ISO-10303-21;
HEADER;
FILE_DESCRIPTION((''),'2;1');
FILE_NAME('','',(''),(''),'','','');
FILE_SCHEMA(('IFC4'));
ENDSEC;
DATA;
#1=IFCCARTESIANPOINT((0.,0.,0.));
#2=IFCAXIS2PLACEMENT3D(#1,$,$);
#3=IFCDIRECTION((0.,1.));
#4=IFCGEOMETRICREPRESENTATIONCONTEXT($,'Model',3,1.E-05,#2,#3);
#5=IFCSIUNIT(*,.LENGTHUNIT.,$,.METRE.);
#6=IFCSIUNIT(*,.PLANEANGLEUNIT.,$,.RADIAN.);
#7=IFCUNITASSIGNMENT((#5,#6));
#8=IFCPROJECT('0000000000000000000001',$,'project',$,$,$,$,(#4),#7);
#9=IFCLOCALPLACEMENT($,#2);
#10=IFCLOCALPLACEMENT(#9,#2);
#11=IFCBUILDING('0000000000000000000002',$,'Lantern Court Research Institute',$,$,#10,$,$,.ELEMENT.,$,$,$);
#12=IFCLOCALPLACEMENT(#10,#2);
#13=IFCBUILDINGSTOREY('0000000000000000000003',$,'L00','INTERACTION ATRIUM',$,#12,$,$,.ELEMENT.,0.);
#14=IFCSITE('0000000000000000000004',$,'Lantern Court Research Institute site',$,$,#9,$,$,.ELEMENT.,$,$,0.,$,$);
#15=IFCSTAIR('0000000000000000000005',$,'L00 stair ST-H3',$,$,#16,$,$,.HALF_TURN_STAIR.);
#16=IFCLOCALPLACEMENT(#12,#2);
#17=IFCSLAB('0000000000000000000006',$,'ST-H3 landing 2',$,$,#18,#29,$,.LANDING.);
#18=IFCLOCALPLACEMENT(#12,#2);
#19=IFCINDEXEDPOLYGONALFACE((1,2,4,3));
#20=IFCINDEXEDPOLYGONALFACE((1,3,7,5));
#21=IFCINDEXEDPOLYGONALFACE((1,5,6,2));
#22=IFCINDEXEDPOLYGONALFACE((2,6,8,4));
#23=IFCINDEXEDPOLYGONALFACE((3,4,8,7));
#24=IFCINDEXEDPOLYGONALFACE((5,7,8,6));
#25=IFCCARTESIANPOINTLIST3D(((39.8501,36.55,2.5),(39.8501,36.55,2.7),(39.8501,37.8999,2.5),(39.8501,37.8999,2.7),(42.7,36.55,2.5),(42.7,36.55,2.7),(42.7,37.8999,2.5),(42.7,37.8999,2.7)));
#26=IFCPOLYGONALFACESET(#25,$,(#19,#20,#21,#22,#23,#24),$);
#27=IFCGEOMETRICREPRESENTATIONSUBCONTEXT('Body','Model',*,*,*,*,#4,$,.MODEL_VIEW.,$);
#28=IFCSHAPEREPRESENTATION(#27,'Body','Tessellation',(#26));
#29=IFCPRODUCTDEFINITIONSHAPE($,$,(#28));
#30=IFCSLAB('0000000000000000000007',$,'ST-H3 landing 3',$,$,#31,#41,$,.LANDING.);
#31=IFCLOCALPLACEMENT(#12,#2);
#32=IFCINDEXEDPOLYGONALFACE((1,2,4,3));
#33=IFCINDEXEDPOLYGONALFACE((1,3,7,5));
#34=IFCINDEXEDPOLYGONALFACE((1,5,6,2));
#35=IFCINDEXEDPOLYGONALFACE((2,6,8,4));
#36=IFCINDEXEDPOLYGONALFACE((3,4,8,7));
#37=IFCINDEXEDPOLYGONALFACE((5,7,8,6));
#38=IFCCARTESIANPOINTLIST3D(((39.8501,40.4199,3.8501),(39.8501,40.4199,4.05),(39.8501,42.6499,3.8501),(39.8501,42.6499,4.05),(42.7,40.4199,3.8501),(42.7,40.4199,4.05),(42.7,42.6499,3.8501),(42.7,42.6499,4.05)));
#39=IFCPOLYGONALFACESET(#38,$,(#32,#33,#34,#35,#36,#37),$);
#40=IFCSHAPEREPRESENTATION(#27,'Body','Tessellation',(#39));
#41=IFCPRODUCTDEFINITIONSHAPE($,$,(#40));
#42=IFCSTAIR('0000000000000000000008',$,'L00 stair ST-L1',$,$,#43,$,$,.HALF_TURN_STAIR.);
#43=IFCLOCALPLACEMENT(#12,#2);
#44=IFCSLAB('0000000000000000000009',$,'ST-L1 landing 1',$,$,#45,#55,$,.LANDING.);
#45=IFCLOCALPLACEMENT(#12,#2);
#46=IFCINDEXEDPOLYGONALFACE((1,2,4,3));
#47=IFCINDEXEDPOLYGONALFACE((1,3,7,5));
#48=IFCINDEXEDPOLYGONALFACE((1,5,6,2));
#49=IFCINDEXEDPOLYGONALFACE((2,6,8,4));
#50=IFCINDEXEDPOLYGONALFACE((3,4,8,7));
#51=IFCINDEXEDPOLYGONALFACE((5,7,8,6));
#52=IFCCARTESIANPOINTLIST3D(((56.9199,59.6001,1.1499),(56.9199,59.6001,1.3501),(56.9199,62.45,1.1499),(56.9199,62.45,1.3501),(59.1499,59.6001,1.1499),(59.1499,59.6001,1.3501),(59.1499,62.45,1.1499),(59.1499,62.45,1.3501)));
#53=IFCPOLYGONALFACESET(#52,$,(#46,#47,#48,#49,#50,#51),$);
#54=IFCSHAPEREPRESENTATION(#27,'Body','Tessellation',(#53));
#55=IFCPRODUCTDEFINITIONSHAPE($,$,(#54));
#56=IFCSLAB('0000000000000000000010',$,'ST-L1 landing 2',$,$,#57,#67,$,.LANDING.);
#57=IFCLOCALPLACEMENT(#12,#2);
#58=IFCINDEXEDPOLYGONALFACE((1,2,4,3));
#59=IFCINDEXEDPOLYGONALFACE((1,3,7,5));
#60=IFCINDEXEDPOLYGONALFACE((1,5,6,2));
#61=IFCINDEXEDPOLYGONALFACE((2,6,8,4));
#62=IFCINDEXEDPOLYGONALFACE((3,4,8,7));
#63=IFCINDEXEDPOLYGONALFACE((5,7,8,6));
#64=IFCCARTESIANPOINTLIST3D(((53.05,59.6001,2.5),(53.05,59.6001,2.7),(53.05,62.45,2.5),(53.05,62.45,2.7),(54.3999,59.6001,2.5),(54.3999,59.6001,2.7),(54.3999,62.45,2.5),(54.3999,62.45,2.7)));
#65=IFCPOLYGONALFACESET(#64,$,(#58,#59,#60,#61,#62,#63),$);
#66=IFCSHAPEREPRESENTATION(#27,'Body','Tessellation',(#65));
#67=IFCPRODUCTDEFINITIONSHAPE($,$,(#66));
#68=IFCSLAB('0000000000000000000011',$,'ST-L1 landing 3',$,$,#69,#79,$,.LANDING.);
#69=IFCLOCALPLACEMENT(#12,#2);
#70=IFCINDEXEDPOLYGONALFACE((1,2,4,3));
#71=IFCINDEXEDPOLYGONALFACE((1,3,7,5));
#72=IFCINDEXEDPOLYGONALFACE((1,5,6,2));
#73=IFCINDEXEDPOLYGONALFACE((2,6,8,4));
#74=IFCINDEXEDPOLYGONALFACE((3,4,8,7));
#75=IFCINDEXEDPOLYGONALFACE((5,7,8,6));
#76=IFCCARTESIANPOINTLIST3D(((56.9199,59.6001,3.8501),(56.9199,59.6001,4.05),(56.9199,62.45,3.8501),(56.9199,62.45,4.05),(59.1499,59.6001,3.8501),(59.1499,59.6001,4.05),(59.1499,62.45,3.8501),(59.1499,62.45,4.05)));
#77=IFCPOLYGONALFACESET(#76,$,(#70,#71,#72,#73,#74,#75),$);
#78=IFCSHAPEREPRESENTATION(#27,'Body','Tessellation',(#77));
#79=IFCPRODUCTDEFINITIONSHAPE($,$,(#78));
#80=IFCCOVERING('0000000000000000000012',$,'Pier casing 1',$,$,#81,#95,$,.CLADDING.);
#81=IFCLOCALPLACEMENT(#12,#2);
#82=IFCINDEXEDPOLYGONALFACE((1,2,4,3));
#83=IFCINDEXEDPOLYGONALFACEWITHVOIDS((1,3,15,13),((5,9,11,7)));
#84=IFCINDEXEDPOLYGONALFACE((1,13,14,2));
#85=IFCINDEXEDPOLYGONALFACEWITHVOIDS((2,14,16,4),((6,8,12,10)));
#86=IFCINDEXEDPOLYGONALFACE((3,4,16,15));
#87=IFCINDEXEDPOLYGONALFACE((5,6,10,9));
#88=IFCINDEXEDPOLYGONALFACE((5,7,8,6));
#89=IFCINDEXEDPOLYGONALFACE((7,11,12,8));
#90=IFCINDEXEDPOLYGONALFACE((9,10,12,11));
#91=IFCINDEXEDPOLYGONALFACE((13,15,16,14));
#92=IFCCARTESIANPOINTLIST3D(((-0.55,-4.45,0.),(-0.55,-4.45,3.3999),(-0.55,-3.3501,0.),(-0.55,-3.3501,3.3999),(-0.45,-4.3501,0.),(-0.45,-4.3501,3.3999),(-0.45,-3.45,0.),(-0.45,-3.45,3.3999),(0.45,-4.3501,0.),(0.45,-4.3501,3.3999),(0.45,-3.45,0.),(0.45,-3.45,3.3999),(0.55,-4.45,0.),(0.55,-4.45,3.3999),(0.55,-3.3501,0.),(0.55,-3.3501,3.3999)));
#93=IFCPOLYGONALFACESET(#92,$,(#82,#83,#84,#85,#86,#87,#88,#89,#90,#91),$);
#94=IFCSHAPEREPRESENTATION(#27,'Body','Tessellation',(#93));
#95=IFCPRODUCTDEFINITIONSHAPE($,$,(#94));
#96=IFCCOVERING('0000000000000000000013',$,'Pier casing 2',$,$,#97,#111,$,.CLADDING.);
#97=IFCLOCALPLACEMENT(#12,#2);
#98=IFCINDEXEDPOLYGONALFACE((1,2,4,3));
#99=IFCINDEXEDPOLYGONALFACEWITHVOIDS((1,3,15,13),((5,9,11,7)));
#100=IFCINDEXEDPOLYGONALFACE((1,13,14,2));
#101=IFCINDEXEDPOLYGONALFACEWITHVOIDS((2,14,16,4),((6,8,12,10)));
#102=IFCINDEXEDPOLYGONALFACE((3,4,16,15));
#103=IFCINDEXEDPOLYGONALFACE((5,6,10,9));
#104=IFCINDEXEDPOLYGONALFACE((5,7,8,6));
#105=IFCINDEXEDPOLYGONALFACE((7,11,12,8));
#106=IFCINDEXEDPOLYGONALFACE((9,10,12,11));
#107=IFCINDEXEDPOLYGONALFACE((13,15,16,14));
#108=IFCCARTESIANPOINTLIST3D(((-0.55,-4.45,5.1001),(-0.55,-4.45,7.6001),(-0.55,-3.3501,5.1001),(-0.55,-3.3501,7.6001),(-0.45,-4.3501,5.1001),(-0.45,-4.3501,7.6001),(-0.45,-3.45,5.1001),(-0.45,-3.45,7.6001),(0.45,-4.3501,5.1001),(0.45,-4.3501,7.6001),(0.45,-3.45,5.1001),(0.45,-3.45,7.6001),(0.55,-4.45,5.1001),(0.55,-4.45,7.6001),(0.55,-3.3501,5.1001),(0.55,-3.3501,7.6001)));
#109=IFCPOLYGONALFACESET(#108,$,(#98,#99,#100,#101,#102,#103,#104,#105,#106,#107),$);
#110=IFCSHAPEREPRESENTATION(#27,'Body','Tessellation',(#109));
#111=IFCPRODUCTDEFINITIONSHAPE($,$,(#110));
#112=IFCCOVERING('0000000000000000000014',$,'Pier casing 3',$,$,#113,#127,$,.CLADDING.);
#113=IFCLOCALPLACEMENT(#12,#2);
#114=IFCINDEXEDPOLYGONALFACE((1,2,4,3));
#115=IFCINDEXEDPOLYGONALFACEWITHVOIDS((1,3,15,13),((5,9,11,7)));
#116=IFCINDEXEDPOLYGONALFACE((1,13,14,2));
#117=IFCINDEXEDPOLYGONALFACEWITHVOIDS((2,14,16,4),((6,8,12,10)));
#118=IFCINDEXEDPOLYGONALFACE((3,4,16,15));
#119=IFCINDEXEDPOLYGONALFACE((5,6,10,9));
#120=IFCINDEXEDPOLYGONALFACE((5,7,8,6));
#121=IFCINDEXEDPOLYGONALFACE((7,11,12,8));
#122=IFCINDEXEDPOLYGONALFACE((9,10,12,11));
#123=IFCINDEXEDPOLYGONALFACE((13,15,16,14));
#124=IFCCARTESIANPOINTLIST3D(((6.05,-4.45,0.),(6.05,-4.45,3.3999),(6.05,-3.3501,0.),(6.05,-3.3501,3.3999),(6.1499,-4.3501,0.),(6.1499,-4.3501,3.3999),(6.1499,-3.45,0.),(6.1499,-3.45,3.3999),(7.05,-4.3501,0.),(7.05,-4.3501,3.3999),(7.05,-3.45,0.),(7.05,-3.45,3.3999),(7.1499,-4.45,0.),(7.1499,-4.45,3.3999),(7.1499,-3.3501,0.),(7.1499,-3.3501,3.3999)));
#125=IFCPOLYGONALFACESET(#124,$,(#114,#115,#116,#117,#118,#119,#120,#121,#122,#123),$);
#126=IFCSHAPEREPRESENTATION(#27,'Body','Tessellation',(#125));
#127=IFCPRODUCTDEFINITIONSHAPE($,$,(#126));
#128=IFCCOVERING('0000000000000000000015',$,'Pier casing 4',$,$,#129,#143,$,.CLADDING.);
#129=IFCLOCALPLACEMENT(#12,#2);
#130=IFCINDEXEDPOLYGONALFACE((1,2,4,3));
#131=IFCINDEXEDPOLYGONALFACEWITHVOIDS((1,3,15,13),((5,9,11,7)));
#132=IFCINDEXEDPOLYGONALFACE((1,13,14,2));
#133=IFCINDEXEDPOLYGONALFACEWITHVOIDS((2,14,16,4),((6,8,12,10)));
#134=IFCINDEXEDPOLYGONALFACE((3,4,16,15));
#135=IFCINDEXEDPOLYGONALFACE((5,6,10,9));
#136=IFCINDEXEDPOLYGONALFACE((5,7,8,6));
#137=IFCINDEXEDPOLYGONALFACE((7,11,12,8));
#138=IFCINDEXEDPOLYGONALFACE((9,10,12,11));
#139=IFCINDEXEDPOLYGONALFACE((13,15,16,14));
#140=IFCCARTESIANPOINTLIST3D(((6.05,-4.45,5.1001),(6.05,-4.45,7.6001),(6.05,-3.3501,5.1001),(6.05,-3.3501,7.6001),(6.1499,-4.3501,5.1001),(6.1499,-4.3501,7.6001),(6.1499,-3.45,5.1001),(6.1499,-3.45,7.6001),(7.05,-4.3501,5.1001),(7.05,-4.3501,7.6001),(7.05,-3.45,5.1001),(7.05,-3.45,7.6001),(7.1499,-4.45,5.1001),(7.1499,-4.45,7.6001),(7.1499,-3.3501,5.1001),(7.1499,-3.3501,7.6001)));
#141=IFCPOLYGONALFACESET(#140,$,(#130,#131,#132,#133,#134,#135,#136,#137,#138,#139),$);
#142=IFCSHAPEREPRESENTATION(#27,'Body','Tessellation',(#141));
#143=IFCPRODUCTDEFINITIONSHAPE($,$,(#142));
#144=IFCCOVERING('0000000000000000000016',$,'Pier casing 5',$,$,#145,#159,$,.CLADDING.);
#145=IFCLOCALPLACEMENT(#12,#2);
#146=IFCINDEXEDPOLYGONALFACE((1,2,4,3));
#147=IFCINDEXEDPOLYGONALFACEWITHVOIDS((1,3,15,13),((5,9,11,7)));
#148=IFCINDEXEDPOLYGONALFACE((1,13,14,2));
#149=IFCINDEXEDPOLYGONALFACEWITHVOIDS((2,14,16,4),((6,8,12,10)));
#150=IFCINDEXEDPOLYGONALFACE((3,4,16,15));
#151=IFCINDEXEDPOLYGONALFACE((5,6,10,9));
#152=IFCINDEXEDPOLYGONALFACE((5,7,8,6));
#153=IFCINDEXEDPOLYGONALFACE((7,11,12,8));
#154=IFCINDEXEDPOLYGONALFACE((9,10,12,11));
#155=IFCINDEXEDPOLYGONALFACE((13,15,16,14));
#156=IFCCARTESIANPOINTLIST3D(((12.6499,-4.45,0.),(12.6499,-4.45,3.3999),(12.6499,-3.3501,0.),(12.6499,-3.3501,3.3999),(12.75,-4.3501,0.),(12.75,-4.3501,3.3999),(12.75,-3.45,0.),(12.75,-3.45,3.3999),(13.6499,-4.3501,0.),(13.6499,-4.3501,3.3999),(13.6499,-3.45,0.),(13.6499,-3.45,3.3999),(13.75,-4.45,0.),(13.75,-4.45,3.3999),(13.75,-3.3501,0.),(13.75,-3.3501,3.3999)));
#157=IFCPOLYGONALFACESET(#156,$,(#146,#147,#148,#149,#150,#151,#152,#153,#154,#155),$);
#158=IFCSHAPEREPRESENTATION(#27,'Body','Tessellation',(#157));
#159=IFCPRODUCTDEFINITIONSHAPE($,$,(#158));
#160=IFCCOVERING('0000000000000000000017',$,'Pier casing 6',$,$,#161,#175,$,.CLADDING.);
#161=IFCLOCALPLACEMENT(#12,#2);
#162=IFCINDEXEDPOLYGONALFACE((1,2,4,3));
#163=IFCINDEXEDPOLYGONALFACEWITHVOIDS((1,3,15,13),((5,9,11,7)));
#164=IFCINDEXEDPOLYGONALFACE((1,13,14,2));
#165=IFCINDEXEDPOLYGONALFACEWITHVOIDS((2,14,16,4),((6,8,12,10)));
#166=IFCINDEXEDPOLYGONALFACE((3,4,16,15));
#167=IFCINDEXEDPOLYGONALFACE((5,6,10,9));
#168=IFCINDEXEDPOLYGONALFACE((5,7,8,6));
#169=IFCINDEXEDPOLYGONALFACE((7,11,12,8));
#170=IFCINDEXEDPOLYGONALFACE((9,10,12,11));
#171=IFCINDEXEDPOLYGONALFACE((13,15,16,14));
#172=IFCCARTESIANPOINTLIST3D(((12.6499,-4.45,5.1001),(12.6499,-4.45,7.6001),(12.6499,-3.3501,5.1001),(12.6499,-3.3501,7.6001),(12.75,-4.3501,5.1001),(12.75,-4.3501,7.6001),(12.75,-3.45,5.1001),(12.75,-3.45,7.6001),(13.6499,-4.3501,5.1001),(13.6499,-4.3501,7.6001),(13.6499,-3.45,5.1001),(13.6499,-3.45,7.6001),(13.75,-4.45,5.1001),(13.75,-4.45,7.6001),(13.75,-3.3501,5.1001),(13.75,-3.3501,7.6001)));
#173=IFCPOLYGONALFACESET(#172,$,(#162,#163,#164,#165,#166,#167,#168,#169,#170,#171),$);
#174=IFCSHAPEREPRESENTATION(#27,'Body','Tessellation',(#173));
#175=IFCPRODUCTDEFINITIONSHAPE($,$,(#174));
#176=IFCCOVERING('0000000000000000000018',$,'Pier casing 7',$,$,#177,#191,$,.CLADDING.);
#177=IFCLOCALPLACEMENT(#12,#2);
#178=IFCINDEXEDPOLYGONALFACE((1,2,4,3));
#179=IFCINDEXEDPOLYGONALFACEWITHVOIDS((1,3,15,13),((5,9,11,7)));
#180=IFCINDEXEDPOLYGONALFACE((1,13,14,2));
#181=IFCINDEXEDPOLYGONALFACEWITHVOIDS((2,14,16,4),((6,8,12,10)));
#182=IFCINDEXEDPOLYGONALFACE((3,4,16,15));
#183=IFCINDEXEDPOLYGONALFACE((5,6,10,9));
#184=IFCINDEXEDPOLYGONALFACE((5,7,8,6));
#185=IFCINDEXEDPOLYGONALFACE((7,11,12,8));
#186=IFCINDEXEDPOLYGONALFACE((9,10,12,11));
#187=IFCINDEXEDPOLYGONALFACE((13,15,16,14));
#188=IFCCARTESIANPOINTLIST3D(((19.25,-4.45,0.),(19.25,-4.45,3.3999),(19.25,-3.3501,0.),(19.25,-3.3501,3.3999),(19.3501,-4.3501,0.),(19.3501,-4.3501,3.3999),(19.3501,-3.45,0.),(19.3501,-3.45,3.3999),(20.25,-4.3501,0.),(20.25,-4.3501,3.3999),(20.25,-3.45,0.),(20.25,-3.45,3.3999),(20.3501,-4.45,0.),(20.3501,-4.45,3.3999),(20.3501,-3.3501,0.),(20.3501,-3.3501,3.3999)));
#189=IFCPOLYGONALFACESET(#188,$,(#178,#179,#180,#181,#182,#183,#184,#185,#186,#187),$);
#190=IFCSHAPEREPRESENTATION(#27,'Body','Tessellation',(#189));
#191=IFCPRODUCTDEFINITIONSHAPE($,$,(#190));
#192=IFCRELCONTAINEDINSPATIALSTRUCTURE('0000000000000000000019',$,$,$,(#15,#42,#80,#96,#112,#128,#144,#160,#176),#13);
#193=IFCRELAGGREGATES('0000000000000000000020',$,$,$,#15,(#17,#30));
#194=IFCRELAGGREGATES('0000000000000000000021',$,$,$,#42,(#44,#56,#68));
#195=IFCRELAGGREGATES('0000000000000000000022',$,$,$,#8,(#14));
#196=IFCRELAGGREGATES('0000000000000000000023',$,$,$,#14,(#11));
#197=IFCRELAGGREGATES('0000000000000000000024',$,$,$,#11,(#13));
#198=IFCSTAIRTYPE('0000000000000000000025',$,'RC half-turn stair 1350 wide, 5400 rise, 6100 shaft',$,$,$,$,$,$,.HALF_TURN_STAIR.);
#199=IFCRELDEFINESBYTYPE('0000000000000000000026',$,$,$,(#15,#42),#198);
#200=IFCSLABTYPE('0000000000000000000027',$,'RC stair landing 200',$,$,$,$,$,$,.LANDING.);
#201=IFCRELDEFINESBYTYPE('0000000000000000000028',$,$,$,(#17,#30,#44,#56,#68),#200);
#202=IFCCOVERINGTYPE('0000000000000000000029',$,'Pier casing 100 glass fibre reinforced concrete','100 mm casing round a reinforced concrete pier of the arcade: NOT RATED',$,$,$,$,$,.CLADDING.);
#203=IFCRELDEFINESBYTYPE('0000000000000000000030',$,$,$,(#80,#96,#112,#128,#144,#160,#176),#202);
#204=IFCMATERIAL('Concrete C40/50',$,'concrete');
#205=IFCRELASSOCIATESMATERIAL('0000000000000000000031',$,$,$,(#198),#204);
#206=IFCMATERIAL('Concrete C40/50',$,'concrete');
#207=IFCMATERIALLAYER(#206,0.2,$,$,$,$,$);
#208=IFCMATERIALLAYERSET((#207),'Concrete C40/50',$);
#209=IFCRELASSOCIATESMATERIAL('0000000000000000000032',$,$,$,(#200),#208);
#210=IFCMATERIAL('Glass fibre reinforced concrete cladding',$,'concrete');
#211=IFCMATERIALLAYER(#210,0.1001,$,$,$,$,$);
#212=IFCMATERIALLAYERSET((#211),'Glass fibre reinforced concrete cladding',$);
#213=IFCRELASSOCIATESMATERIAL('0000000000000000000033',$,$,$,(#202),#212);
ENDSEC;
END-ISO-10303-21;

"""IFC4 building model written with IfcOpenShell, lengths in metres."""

from ifc_helpers import new_model, si_unit, direction, frame, origin, place, context, subcontext, project, spatial, polyline, outline, extrude, material, layer, layer_set, type_object, element, aggregate, save


model = new_model("IFC4")

# Units and contexts
model_context = context("Model", 3, precision=1e-05, world=origin(), true_north=direction((0.0, 1.0)))
body_context = subcontext(model_context, "Body", "Model", "MODEL_VIEW")
ifc_project = project(units=[si_unit("LENGTHUNIT", "METRE"), si_unit("PLANEANGLEUNIT", "RADIAN")], contexts=[model_context])

# Site, building, storey
site_placement = place(None, origin())
site = spatial("IfcSite", under=ifc_project, at=site_placement, Name="Lantern Court Research Institute site", CompositionType="ELEMENT", RefElevation=0.0)
building_placement = place(site_placement, origin())
building = spatial("IfcBuilding", under=site, at=building_placement, Name="Lantern Court Research Institute", CompositionType="ELEMENT")
storey_placement = place(building_placement, origin())
storey = spatial("IfcBuildingStorey", under=building, at=storey_placement, Name="L00", Description="INTERACTION ATRIUM", CompositionType="ELEMENT", Elevation=0.0)

# Stairs, slabs
ifc_material_1 = material(Name="Concrete C40/50", Category="concrete")
stair_type = type_object("IfcStairType", Name="RC half-turn stair 1350 wide, 5400 rise, 6100 shaft", PredefinedType="HALF_TURN_STAIR", material=ifc_material_1)
ifc_material_2 = material(Name="Concrete C40/50", Category="concrete")
ifc_layer_1 = layer(ifc_material_2, 0.2)
ifc_layer_set_1 = layer_set([ifc_layer_1], Name="Concrete C40/50")
slab_type_1 = type_object("IfcSlabType", Name="RC stair landing 200", PredefinedType="LANDING", material=ifc_layer_set_1)
stair_1_placement = place(storey_placement, origin())
stair_1 = element("IfcStair", 1, at=stair_1_placement, inside=storey, type_object=stair_type, Name="L00 stair ST-H3", PredefinedType="HALF_TURN_STAIR")
slab_1_placement = place(storey_placement, frame((0.0, 0.0, 2.5)))
slab_1 = element("IfcSlab", 2, at=slab_1_placement, type_object=slab_type_1, Name="ST-H3 landing 2", PredefinedType="LANDING", context=body_context, shape_type="SweptSolid", body=[
    extrude(outline(polyline([(42.7, 36.55), (42.7, 37.8999), (39.8501, 37.8999), (39.8501, 36.55), (42.7, 36.55)])), origin(), (0.0, 0.0, 1.0), 0.2),
])
slab_2_placement = place(storey_placement, frame((0.0, 0.0, 3.8501)))
slab_2 = element("IfcSlab", 3, at=slab_2_placement, type_object=slab_type_1, Name="ST-H3 landing 3", PredefinedType="LANDING", context=body_context, shape_type="SweptSolid", body=[
    extrude(outline(polyline([(42.7, 40.4199), (42.7, 42.6499), (39.8501, 42.6499), (39.8501, 40.4199), (42.7, 40.4199)])), origin(), (0.0, 0.0, 1.0), 0.2),
])
aggregate(stair_1, [slab_1, slab_2])
stair_2_placement = place(storey_placement, origin())
stair_2 = element("IfcStair", 4, at=stair_2_placement, inside=storey, type_object=stair_type, Name="L00 stair ST-L1", PredefinedType="HALF_TURN_STAIR")
slab_3_placement = place(storey_placement, frame((0.0, 0.0, 1.1499)))
slab_3 = element("IfcSlab", 5, at=slab_3_placement, type_object=slab_type_1, Name="ST-L1 landing 1", PredefinedType="LANDING", context=body_context, shape_type="SweptSolid", body=[
    extrude(outline(polyline([(56.9199, 59.6001), (59.1499, 59.6001), (59.1499, 62.45), (56.9199, 62.45), (56.9199, 59.6001)])), origin(), (0.0, 0.0, 1.0), 0.2002),
])
slab_4_placement = place(storey_placement, frame((0.0, 0.0, 2.5)))
slab_4 = element("IfcSlab", 6, at=slab_4_placement, type_object=slab_type_1, Name="ST-L1 landing 2", PredefinedType="LANDING", context=body_context, shape_type="SweptSolid", body=[
    extrude(outline(polyline([(53.05, 59.6001), (54.3999, 59.6001), (54.3999, 62.45), (53.05, 62.45), (53.05, 59.6001)])), origin(), (0.0, 0.0, 1.0), 0.2),
])
slab_5_placement = place(storey_placement, frame((0.0, 0.0, 3.8501)))
slab_5 = element("IfcSlab", 7, at=slab_5_placement, type_object=slab_type_1, Name="ST-L1 landing 3", PredefinedType="LANDING", context=body_context, shape_type="SweptSolid", body=[
    extrude(outline(polyline([(56.9199, 59.6001), (59.1499, 59.6001), (59.1499, 62.45), (56.9199, 62.45), (56.9199, 59.6001)])), origin(), (0.0, 0.0, 1.0), 0.2),
])
aggregate(stair_2, [slab_3, slab_4, slab_5])

# Coverings
ifc_material_3 = material(Name="Glass fibre reinforced concrete cladding", Category="concrete")
ifc_layer_2 = layer(ifc_material_3, 0.1001)
ifc_layer_set_2 = layer_set([ifc_layer_2], Name="Glass fibre reinforced concrete cladding")
covering_type = type_object("IfcCoveringType", Name="Pier casing 100 glass fibre reinforced concrete", Description="100 mm casing round a reinforced concrete pier of the arcade: NOT RATED", PredefinedType="CLADDING", material=ifc_layer_set_2)
covering_1_placement = place(storey_placement, origin())
element("IfcCovering", 8, at=covering_1_placement, inside=storey, type_object=covering_type, Name="Pier casing 1", PredefinedType="CLADDING", context=body_context, shape_type="SweptSolid", body=[
    extrude(outline(polyline([(-0.55, -4.45), (0.55, -4.45), (0.55, -3.3501), (-0.55, -3.3501), (-0.55, -4.45)]), holes=[polyline([(0.45, -3.45), (0.45, -4.3501), (-0.45, -4.3501), (-0.45, -3.45), (0.45, -3.45)])]), origin(), (0.0, 0.0, 1.0), 3.3999),
])
covering_2_placement = place(storey_placement, frame((0.0, 0.0, 5.1001)))
element("IfcCovering", 9, at=covering_2_placement, inside=storey, type_object=covering_type, Name="Pier casing 2", PredefinedType="CLADDING", context=body_context, shape_type="SweptSolid", body=[
    extrude(outline(polyline([(-0.55, -4.45), (0.55, -4.45), (0.55, -3.3501), (-0.55, -3.3501), (-0.55, -4.45)]), holes=[polyline([(0.45, -3.45), (0.45, -4.3501), (-0.45, -4.3501), (-0.45, -3.45), (0.45, -3.45)])]), origin(), (0.0, 0.0, 1.0), 2.5),
])
covering_3_placement = place(storey_placement, origin())
element("IfcCovering", 10, at=covering_3_placement, inside=storey, type_object=covering_type, Name="Pier casing 3", PredefinedType="CLADDING", context=body_context, shape_type="SweptSolid", body=[
    extrude(outline(polyline([(6.05, -4.45), (7.1499, -4.45), (7.1499, -3.3501), (6.05, -3.3501), (6.05, -4.45)]), holes=[polyline([(7.05, -3.45), (7.05, -4.3501), (6.1499, -4.3501), (6.1499, -3.45), (7.05, -3.45)])]), origin(), (0.0, 0.0, 1.0), 3.3999),
])
covering_4_placement = place(storey_placement, frame((0.0, 0.0, 5.1001)))
element("IfcCovering", 11, at=covering_4_placement, inside=storey, type_object=covering_type, Name="Pier casing 4", PredefinedType="CLADDING", context=body_context, shape_type="SweptSolid", body=[
    extrude(outline(polyline([(6.05, -4.45), (7.1499, -4.45), (7.1499, -3.3501), (6.05, -3.3501), (6.05, -4.45)]), holes=[polyline([(7.05, -3.45), (7.05, -4.3501), (6.1499, -4.3501), (6.1499, -3.45), (7.05, -3.45)])]), origin(), (0.0, 0.0, 1.0), 2.5),
])
covering_5_placement = place(storey_placement, origin())
element("IfcCovering", 12, at=covering_5_placement, inside=storey, type_object=covering_type, Name="Pier casing 5", PredefinedType="CLADDING", context=body_context, shape_type="SweptSolid", body=[
    extrude(outline(polyline([(12.6499, -4.45), (13.75, -4.45), (13.75, -3.3501), (12.6499, -3.3501), (12.6499, -4.45)]), holes=[polyline([(13.6499, -3.45), (13.6499, -4.3501), (12.75, -4.3501), (12.75, -3.45), (13.6499, -3.45)])]), origin(), (0.0, 0.0, 1.0), 3.3999),
])
covering_6_placement = place(storey_placement, frame((0.0, 0.0, 5.1001)))
element("IfcCovering", 13, at=covering_6_placement, inside=storey, type_object=covering_type, Name="Pier casing 6", PredefinedType="CLADDING", context=body_context, shape_type="SweptSolid", body=[
    extrude(outline(polyline([(12.6499, -4.45), (13.75, -4.45), (13.75, -3.3501), (12.6499, -3.3501), (12.6499, -4.45)]), holes=[polyline([(13.6499, -3.45), (13.6499, -4.3501), (12.75, -4.3501), (12.75, -3.45), (13.6499, -3.45)])]), origin(), (0.0, 0.0, 1.0), 2.5),
])
covering_7_placement = place(storey_placement, origin())
element("IfcCovering", 14, at=covering_7_placement, inside=storey, type_object=covering_type, Name="Pier casing 7", PredefinedType="CLADDING", context=body_context, shape_type="SweptSolid", body=[
    extrude(outline(polyline([(19.25, -4.45), (20.3501, -4.45), (20.3501, -3.3501), (19.25, -3.3501), (19.25, -4.45)]), holes=[polyline([(20.25, -3.45), (20.25, -4.3501), (19.3501, -4.3501), (19.3501, -3.45), (20.25, -3.45)])]), origin(), (0.0, 0.0, 1.0), 3.3999),
])

save(model, "model.ifc")
